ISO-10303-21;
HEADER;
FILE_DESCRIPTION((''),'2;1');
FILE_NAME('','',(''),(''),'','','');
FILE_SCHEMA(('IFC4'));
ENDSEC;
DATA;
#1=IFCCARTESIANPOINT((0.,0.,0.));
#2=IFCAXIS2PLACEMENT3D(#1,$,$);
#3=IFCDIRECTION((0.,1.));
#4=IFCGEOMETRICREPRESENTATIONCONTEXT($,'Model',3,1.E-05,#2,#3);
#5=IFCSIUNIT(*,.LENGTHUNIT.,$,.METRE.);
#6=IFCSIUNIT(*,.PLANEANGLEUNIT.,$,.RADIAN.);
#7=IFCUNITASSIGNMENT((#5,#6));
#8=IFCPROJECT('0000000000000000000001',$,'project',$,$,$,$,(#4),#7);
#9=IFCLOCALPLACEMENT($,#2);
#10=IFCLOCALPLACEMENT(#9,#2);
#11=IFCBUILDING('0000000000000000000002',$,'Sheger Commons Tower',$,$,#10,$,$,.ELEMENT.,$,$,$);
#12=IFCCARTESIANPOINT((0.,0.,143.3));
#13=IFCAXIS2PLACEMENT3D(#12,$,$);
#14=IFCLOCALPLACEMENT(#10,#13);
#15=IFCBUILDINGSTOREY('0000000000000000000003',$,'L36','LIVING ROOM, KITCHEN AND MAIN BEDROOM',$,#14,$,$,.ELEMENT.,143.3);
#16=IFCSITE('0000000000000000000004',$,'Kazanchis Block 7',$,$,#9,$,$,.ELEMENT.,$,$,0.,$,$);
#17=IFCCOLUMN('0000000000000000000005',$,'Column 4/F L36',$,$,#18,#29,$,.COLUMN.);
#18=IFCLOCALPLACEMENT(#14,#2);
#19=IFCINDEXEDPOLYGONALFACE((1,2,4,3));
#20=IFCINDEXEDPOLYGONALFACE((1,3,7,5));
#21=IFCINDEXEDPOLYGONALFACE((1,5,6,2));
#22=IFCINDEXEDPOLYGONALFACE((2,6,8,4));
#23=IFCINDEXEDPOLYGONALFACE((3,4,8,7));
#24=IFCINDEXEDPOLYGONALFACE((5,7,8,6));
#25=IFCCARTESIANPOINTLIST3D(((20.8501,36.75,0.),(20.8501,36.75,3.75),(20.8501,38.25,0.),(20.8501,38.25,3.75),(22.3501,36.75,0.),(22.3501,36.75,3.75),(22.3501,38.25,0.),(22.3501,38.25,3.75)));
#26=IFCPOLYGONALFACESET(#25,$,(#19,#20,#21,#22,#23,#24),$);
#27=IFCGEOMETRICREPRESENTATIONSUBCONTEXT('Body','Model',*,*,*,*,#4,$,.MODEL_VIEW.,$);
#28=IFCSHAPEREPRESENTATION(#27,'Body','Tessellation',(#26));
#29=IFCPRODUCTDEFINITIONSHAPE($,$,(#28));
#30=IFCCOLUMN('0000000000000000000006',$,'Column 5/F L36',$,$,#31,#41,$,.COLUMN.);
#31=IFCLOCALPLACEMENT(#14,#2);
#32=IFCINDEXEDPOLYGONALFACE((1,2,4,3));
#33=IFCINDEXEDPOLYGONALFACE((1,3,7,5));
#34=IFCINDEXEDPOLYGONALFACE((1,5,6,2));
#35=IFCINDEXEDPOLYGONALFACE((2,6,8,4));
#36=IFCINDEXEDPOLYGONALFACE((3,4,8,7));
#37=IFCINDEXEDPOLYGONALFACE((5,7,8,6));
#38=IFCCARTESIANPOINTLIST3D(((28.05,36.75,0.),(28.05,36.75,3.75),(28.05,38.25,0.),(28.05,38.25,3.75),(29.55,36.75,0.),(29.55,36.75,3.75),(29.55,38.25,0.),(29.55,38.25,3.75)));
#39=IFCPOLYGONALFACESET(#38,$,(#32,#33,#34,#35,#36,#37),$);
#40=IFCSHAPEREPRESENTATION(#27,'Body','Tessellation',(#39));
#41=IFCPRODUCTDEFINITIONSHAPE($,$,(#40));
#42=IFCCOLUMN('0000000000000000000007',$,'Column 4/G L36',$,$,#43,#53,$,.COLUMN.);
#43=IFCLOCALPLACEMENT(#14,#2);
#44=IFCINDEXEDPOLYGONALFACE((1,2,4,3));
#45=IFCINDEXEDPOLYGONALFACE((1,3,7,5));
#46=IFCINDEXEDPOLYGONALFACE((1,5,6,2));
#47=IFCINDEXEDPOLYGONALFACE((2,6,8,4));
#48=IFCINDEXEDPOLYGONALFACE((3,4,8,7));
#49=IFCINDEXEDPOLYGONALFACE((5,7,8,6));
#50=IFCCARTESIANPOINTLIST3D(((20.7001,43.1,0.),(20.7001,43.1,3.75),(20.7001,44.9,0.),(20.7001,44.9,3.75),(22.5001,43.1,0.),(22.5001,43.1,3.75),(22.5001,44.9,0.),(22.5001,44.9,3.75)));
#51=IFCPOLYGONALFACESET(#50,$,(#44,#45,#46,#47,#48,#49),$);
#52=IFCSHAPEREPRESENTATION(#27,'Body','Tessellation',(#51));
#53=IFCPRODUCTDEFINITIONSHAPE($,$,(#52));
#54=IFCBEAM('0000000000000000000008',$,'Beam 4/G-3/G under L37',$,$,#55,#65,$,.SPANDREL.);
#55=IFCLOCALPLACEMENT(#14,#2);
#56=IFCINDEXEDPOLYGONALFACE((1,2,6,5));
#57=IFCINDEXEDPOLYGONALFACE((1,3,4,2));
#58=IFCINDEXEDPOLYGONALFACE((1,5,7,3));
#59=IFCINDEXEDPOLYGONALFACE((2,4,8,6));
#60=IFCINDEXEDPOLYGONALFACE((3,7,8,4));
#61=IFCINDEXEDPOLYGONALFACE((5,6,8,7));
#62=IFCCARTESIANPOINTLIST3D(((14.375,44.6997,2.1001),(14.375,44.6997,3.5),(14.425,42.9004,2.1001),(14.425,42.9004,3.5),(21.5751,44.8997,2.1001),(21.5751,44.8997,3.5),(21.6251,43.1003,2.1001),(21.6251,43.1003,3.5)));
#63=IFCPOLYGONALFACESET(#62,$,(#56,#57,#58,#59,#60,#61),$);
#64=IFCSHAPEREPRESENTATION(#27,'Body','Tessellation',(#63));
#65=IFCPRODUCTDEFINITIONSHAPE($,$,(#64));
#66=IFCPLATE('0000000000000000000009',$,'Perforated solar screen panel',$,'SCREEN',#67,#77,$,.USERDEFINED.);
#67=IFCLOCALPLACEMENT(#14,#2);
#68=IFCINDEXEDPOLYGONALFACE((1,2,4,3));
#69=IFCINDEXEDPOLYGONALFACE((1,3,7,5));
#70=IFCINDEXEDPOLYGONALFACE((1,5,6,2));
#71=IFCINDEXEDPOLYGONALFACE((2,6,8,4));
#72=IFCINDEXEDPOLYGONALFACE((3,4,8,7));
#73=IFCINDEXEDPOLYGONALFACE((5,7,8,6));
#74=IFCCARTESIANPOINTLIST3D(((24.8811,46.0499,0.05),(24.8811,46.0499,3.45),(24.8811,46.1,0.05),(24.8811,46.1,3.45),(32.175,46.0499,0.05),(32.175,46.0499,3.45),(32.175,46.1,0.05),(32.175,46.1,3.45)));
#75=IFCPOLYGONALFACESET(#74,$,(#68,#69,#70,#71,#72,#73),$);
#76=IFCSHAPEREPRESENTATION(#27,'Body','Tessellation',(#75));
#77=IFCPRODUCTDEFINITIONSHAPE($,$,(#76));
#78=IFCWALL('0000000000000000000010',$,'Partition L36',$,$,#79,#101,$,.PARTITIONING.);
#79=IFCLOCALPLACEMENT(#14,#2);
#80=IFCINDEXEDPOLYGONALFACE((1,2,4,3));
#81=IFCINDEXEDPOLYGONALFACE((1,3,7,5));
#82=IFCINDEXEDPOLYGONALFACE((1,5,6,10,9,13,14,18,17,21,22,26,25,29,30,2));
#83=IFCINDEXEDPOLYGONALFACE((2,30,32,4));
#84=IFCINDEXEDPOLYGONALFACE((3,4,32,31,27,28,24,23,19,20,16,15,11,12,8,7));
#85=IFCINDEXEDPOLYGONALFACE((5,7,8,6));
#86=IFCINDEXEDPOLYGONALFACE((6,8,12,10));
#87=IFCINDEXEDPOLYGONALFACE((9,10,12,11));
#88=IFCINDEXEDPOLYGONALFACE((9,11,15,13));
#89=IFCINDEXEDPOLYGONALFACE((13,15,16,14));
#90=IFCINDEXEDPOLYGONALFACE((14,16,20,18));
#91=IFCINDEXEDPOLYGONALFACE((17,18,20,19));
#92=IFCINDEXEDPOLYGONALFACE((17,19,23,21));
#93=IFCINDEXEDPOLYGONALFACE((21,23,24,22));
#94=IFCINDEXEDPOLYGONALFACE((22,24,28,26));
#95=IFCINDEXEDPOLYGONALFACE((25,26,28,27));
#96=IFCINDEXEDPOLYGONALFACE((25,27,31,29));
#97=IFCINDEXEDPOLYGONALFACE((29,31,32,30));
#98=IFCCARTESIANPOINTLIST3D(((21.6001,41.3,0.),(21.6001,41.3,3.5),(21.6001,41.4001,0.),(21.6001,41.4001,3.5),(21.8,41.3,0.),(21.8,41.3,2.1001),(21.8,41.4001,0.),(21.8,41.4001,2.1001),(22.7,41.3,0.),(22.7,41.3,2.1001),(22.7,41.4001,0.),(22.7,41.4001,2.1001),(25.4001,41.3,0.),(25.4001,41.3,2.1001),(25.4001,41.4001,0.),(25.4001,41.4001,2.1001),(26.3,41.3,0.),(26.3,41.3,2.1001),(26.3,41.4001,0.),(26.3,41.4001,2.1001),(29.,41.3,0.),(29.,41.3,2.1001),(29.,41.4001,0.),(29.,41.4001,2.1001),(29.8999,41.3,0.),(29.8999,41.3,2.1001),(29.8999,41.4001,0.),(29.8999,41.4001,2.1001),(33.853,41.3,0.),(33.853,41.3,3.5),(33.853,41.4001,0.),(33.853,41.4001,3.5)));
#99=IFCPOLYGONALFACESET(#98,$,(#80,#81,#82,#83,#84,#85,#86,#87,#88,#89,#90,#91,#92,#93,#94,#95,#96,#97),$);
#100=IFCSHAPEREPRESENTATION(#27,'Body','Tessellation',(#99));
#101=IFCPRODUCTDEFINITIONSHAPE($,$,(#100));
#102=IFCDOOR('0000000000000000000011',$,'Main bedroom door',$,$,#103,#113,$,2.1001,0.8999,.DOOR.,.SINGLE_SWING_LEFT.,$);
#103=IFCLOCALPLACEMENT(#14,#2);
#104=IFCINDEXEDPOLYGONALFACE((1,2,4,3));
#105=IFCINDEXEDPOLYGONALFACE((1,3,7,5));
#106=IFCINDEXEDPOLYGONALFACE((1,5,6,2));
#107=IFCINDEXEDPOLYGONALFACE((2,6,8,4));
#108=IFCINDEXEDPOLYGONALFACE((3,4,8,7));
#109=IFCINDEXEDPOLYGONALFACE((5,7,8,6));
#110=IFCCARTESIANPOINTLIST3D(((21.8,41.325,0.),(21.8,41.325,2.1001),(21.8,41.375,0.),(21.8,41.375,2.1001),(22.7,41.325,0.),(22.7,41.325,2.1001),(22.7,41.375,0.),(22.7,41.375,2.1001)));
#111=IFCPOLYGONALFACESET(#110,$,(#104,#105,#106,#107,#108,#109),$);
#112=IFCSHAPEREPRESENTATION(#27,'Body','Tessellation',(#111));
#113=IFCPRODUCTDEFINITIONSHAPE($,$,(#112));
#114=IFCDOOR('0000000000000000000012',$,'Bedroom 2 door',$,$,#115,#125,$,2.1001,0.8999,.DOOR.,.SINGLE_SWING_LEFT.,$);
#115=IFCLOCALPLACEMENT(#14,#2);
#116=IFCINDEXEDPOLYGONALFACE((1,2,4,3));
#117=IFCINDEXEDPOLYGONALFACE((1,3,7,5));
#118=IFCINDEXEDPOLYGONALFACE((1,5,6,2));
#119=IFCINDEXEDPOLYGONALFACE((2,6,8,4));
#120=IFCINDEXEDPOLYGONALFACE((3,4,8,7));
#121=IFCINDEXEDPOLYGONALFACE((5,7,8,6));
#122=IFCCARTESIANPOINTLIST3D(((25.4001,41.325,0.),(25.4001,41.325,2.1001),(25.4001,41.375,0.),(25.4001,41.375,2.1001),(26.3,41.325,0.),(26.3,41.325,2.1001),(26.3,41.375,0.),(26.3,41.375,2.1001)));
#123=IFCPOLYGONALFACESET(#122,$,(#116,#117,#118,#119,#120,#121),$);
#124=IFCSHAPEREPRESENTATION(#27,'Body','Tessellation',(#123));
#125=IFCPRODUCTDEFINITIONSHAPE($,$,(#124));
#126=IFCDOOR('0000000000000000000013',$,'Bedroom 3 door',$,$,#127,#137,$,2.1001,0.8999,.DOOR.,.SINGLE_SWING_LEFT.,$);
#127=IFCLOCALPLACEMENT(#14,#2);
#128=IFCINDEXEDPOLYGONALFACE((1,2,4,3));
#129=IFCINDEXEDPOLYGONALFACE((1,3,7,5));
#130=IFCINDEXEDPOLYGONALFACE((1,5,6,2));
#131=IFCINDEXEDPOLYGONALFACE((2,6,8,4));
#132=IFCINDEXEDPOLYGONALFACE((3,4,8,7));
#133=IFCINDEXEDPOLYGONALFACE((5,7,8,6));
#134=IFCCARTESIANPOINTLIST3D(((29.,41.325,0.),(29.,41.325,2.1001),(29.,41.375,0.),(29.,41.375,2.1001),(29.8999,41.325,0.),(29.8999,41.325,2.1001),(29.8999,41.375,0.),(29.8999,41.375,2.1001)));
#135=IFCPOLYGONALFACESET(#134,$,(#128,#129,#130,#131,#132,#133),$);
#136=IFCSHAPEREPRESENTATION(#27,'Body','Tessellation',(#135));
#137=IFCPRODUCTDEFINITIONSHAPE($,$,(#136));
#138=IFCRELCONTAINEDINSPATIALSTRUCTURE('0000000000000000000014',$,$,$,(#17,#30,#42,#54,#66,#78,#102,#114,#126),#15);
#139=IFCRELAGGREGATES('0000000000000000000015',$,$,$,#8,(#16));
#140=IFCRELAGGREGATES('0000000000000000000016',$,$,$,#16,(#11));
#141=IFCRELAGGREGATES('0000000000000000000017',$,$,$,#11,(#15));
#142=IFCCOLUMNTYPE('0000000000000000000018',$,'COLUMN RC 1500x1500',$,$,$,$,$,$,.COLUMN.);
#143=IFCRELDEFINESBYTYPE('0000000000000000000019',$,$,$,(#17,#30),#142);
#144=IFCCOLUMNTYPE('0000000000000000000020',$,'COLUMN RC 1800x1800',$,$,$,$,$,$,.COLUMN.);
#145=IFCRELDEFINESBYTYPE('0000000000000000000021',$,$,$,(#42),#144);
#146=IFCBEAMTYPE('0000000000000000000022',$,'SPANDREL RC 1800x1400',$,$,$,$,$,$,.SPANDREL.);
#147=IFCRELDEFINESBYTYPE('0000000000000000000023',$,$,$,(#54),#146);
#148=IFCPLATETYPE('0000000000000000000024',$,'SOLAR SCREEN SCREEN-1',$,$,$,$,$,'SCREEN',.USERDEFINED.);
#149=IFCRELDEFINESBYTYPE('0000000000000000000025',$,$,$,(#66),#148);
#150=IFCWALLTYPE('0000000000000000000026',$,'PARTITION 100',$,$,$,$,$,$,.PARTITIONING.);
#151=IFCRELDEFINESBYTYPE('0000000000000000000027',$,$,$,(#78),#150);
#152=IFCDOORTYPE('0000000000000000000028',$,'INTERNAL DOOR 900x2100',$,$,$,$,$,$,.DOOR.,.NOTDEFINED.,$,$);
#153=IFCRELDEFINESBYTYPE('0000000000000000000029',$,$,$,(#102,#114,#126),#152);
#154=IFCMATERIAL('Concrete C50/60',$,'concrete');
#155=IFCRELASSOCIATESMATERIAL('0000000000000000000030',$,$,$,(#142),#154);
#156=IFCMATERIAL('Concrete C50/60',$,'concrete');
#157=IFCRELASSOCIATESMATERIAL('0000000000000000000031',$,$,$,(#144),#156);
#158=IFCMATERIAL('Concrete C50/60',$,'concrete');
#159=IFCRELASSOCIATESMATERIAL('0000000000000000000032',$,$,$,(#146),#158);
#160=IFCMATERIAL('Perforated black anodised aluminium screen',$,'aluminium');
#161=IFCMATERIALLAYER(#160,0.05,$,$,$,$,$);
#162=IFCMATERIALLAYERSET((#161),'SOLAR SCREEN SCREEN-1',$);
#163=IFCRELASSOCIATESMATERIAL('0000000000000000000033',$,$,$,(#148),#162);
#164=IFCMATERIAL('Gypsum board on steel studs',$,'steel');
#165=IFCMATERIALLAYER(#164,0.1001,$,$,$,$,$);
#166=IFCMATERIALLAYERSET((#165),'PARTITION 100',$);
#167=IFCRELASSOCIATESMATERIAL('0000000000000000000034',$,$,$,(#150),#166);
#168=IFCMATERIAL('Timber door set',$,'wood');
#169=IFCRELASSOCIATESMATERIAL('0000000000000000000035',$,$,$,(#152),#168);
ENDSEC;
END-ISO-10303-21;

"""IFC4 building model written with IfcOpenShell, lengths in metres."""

from ifc_helpers import new_model, si_unit, direction, frame, frame_2d, origin, origin_2d, place, context, subcontext, project, spatial, rectangle, extrude, material, layer, layer_set, material_profile, profile_set, type_object, element, fill, save


model = new_model("IFC4")

# Units and contexts
model_context = context("Model", 3, precision=1e-05, world=origin(), true_north=direction((0.0, 1.0)))
body_context = subcontext(model_context, "Body", "Model", "MODEL_VIEW")
ifc_project = project(units=[si_unit("LENGTHUNIT", "METRE"), si_unit("PLANEANGLEUNIT", "RADIAN")], contexts=[model_context])

# Site, building, storey
site_placement = place(None, origin())
site = spatial("IfcSite", under=ifc_project, at=site_placement, Name="Kazanchis Block 7", CompositionType="ELEMENT", RefElevation=0.0)
building_placement = place(site_placement, origin())
building = spatial("IfcBuilding", under=site, at=building_placement, Name="Sheger Commons Tower", CompositionType="ELEMENT")
storey_placement = place(building_placement, frame((0.0, 0.0, 143.3)))
storey = spatial("IfcBuildingStorey", under=building, at=storey_placement, Name="L36", Description="LIVING ROOM, KITCHEN AND MAIN BEDROOM", CompositionType="ELEMENT", Elevation=143.3)

# Columns
ifc_material_1 = material(Name="Concrete C50/60", Category="concrete")
ifc_material_profile_1 = material_profile(ifc_material_1, rectangle(XDim=1.5, YDim=1.5, at=origin_2d()), Name="RC 1500x1500")
ifc_profile_set_1 = profile_set([ifc_material_profile_1], Name="Concrete C50/60")
column_type_1 = type_object("IfcColumnType", Name="COLUMN RC 1500x1500", PredefinedType="COLUMN", material=ifc_profile_set_1)
for number, where, z_axis, x_axis, name in (
    (1, (21.6001, 37.5, 0.0), (0.0, 0.0, 1.0), (1.0, 0.0, 0.0), "Column 4/F L36"),
    (2, (28.8, 37.5, 0.0), (0.0, 0.0, 1.0), (1.0, 0.0, 0.0), "Column 5/F L36"),
):
    element("IfcColumn", number, at=place(storey_placement, frame(where, z_axis=z_axis, x_axis=x_axis)), inside=storey, type_object=column_type_1, Name=name, PredefinedType="COLUMN", context=body_context, shape_type="SweptSolid", body=[
        extrude(rectangle(XDim=1.5, YDim=1.5, at=origin_2d()), origin(), (0.0, 0.0, 1.0), 3.75),
    ])
ifc_material_2 = material(Name="Concrete C50/60", Category="concrete")
ifc_material_profile_2 = material_profile(ifc_material_2, rectangle(XDim=1.8, YDim=1.8, at=origin_2d()), Name="RC 1800x1800")
ifc_profile_set_2 = profile_set([ifc_material_profile_2], Name="Concrete C50/60")
column_type_2 = type_object("IfcColumnType", Name="COLUMN RC 1800x1800", PredefinedType="COLUMN", material=ifc_profile_set_2)
column_placement = place(storey_placement, frame((21.6001, 44.0, 0.0), z_axis=(0.0, 0.0, 1.0), x_axis=(1.0, 0.0, 0.0)))
element("IfcColumn", 3, at=column_placement, inside=storey, type_object=column_type_2, Name="Column 4/G L36", PredefinedType="COLUMN", context=body_context, shape_type="SweptSolid", body=[
    extrude(rectangle(XDim=1.8, YDim=1.8, at=origin_2d()), origin(), (0.0, 0.0, 1.0), 3.75),
])

# Beam
ifc_material_3 = material(Name="Concrete C50/60", Category="concrete")
ifc_material_profile_3 = material_profile(ifc_material_3, rectangle(XDim=1.8, YDim=1.3999, at=origin_2d()), Name="RC 1800x1400")
ifc_profile_set_3 = profile_set([ifc_material_profile_3], Name="Concrete C50/60")
beam_type = type_object("IfcBeamType", Name="SPANDREL RC 1800x1400", PredefinedType="SPANDREL", material=ifc_profile_set_3)
beam_placement = place(storey_placement, frame((21.6001, 44.0, 2.8), z_axis=(-0.999615, -0.02776, 0.0), x_axis=(0.02776, -0.999615, 0.0)))
element("IfcBeam", 4, at=beam_placement, inside=storey, type_object=beam_type, Name="Beam 4/G-3/G under L37", PredefinedType="SPANDREL", context=body_context, shape_type="SweptSolid", body=[
    extrude(rectangle(XDim=1.8, YDim=1.3999, at=origin_2d()), origin(), (0.0, 0.0, 1.0), 7.2029),
])

# Plate
ifc_material_4 = material(Name="Perforated black anodised aluminium screen", Category="aluminium")
ifc_layer_1 = layer(ifc_material_4, 0.05)
ifc_layer_set_1 = layer_set([ifc_layer_1], Name="SOLAR SCREEN SCREEN-1")
plate_type = type_object("IfcPlateType", Name="SOLAR SCREEN SCREEN-1", ElementType="SCREEN", PredefinedType="USERDEFINED", material=ifc_layer_set_1)
plate_placement = place(storey_placement, frame((28.5281, 46.075, 0.05), z_axis=(0.0, 0.0, 1.0), x_axis=(-1.0, 0.0, 0.0)))
element("IfcPlate", 5, at=plate_placement, inside=storey, type_object=plate_type, Name="Perforated solar screen panel", ObjectType="SCREEN", PredefinedType="USERDEFINED", context=body_context, shape_type="SweptSolid", body=[
    extrude(rectangle(XDim=7.2939, YDim=0.05, at=origin_2d()), origin(), (0.0, 0.0, 1.0), 3.3999),
])

# Wall, openings, doors
ifc_material_5 = material(Name="Gypsum board on steel studs", Category="steel")
ifc_layer_2 = layer(ifc_material_5, 0.1001)
ifc_layer_set_2 = layer_set([ifc_layer_2], Name="PARTITION 100")
wall_type = type_object("IfcWallType", Name="PARTITION 100", PredefinedType="PARTITIONING", material=ifc_layer_set_2)
wall_1_placement = place(storey_placement, frame((21.6001, 41.3501, 0.0), z_axis=(0.0, 0.0, 1.0), x_axis=(1.0, 0.0, 0.0)))
wall_1 = element("IfcWall", 6, at=wall_1_placement, inside=storey, type_object=wall_type, Name="Partition L36", PredefinedType="PARTITIONING", context=body_context, shape_type="SweptSolid", body=[
    extrude(rectangle(XDim=12.2529, YDim=0.1001, at=frame_2d((6.1265, 0.0))), origin(), (0.0, 0.0, 1.0), 3.5),
])
opening_1_placement = place(wall_1_placement, frame((0.2, 0.0, 0.0)))
opening_1 = element("IfcOpeningElement", 7, at=opening_1_placement, cuts=wall_1, PredefinedType="OPENING", context=body_context, shape_type="SweptSolid", body=[
    extrude(rectangle(XDim=0.8999, YDim=2.1001, at=frame_2d((0.45, 1.05))), frame((0.0, 0.0601, 0.0), z_axis=(0.0, -1.0, 0.0), x_axis=(1.0, 0.0, 0.0)), (0.0, 0.0, 1.0), 0.1201),
])
opening_2_placement = place(wall_1_placement, frame((3.8, 0.0, 0.0)))
opening_2 = element("IfcOpeningElement", 8, at=opening_2_placement, cuts=wall_1, PredefinedType="OPENING", context=body_context, shape_type="SweptSolid", body=[
    extrude(rectangle(XDim=0.8999, YDim=2.1001, at=frame_2d((0.45, 1.05))), frame((0.0, 0.0601, 0.0), z_axis=(0.0, -1.0, 0.0), x_axis=(1.0, 0.0, 0.0)), (0.0, 0.0, 1.0), 0.1201),
])
opening_3_placement = place(wall_1_placement, frame((7.3999, 0.0, 0.0)))
opening_3 = element("IfcOpeningElement", 9, at=opening_3_placement, cuts=wall_1, PredefinedType="OPENING", context=body_context, shape_type="SweptSolid", body=[
    extrude(rectangle(XDim=0.8999, YDim=2.1001, at=frame_2d((0.45, 1.05))), frame((0.0, 0.0601, 0.0), z_axis=(0.0, -1.0, 0.0), x_axis=(1.0, 0.0, 0.0)), (0.0, 0.0, 1.0), 0.1201),
])
ifc_material_6 = material(Name="Timber door set", Category="wood")
door_type = type_object("IfcDoorType", Name="INTERNAL DOOR 900x2100", OperationType="NOTDEFINED", PredefinedType="DOOR", material=ifc_material_6)
door_1_placement = place(opening_1_placement, origin())
door_1 = element("IfcDoor", 10, at=door_1_placement, inside=storey, type_object=door_type, Name="Main bedroom door", OperationType="SINGLE_SWING_LEFT", OverallHeight=2.1001, OverallWidth=0.8999, PredefinedType="DOOR", context=body_context, shape_type="SweptSolid", body=[
    extrude(rectangle(XDim=0.8999, YDim=2.1001, at=frame_2d((0.45, 1.05))), frame((0.0, 0.0249, 0.0), z_axis=(0.0, -1.0, 0.0), x_axis=(1.0, 0.0, 0.0)), (0.0, 0.0, 1.0), 0.05),
])
fill(opening_1, door_1)
door_2_placement = place(opening_2_placement, origin())
door_2 = element("IfcDoor", 11, at=door_2_placement, inside=storey, type_object=door_type, Name="Bedroom 2 door", OperationType="SINGLE_SWING_LEFT", OverallHeight=2.1001, OverallWidth=0.8999, PredefinedType="DOOR", context=body_context, shape_type="SweptSolid", body=[
    extrude(rectangle(XDim=0.8999, YDim=2.1001, at=frame_2d((0.45, 1.05))), frame((0.0, 0.0249, 0.0), z_axis=(0.0, -1.0, 0.0), x_axis=(1.0, 0.0, 0.0)), (0.0, 0.0, 1.0), 0.05),
])
fill(opening_2, door_2)
door_3_placement = place(opening_3_placement, origin())
door_3 = element("IfcDoor", 12, at=door_3_placement, inside=storey, type_object=door_type, Name="Bedroom 3 door", OperationType="SINGLE_SWING_LEFT", OverallHeight=2.1001, OverallWidth=0.8999, PredefinedType="DOOR", context=body_context, shape_type="SweptSolid", body=[
    extrude(rectangle(XDim=0.8999, YDim=2.1001, at=frame_2d((0.45, 1.05))), frame((0.0, 0.0249, 0.0), z_axis=(0.0, -1.0, 0.0), x_axis=(1.0, 0.0, 0.0)), (0.0, 0.0, 1.0), 0.05),
])
fill(opening_3, door_3)

save(model, "model.ifc")
